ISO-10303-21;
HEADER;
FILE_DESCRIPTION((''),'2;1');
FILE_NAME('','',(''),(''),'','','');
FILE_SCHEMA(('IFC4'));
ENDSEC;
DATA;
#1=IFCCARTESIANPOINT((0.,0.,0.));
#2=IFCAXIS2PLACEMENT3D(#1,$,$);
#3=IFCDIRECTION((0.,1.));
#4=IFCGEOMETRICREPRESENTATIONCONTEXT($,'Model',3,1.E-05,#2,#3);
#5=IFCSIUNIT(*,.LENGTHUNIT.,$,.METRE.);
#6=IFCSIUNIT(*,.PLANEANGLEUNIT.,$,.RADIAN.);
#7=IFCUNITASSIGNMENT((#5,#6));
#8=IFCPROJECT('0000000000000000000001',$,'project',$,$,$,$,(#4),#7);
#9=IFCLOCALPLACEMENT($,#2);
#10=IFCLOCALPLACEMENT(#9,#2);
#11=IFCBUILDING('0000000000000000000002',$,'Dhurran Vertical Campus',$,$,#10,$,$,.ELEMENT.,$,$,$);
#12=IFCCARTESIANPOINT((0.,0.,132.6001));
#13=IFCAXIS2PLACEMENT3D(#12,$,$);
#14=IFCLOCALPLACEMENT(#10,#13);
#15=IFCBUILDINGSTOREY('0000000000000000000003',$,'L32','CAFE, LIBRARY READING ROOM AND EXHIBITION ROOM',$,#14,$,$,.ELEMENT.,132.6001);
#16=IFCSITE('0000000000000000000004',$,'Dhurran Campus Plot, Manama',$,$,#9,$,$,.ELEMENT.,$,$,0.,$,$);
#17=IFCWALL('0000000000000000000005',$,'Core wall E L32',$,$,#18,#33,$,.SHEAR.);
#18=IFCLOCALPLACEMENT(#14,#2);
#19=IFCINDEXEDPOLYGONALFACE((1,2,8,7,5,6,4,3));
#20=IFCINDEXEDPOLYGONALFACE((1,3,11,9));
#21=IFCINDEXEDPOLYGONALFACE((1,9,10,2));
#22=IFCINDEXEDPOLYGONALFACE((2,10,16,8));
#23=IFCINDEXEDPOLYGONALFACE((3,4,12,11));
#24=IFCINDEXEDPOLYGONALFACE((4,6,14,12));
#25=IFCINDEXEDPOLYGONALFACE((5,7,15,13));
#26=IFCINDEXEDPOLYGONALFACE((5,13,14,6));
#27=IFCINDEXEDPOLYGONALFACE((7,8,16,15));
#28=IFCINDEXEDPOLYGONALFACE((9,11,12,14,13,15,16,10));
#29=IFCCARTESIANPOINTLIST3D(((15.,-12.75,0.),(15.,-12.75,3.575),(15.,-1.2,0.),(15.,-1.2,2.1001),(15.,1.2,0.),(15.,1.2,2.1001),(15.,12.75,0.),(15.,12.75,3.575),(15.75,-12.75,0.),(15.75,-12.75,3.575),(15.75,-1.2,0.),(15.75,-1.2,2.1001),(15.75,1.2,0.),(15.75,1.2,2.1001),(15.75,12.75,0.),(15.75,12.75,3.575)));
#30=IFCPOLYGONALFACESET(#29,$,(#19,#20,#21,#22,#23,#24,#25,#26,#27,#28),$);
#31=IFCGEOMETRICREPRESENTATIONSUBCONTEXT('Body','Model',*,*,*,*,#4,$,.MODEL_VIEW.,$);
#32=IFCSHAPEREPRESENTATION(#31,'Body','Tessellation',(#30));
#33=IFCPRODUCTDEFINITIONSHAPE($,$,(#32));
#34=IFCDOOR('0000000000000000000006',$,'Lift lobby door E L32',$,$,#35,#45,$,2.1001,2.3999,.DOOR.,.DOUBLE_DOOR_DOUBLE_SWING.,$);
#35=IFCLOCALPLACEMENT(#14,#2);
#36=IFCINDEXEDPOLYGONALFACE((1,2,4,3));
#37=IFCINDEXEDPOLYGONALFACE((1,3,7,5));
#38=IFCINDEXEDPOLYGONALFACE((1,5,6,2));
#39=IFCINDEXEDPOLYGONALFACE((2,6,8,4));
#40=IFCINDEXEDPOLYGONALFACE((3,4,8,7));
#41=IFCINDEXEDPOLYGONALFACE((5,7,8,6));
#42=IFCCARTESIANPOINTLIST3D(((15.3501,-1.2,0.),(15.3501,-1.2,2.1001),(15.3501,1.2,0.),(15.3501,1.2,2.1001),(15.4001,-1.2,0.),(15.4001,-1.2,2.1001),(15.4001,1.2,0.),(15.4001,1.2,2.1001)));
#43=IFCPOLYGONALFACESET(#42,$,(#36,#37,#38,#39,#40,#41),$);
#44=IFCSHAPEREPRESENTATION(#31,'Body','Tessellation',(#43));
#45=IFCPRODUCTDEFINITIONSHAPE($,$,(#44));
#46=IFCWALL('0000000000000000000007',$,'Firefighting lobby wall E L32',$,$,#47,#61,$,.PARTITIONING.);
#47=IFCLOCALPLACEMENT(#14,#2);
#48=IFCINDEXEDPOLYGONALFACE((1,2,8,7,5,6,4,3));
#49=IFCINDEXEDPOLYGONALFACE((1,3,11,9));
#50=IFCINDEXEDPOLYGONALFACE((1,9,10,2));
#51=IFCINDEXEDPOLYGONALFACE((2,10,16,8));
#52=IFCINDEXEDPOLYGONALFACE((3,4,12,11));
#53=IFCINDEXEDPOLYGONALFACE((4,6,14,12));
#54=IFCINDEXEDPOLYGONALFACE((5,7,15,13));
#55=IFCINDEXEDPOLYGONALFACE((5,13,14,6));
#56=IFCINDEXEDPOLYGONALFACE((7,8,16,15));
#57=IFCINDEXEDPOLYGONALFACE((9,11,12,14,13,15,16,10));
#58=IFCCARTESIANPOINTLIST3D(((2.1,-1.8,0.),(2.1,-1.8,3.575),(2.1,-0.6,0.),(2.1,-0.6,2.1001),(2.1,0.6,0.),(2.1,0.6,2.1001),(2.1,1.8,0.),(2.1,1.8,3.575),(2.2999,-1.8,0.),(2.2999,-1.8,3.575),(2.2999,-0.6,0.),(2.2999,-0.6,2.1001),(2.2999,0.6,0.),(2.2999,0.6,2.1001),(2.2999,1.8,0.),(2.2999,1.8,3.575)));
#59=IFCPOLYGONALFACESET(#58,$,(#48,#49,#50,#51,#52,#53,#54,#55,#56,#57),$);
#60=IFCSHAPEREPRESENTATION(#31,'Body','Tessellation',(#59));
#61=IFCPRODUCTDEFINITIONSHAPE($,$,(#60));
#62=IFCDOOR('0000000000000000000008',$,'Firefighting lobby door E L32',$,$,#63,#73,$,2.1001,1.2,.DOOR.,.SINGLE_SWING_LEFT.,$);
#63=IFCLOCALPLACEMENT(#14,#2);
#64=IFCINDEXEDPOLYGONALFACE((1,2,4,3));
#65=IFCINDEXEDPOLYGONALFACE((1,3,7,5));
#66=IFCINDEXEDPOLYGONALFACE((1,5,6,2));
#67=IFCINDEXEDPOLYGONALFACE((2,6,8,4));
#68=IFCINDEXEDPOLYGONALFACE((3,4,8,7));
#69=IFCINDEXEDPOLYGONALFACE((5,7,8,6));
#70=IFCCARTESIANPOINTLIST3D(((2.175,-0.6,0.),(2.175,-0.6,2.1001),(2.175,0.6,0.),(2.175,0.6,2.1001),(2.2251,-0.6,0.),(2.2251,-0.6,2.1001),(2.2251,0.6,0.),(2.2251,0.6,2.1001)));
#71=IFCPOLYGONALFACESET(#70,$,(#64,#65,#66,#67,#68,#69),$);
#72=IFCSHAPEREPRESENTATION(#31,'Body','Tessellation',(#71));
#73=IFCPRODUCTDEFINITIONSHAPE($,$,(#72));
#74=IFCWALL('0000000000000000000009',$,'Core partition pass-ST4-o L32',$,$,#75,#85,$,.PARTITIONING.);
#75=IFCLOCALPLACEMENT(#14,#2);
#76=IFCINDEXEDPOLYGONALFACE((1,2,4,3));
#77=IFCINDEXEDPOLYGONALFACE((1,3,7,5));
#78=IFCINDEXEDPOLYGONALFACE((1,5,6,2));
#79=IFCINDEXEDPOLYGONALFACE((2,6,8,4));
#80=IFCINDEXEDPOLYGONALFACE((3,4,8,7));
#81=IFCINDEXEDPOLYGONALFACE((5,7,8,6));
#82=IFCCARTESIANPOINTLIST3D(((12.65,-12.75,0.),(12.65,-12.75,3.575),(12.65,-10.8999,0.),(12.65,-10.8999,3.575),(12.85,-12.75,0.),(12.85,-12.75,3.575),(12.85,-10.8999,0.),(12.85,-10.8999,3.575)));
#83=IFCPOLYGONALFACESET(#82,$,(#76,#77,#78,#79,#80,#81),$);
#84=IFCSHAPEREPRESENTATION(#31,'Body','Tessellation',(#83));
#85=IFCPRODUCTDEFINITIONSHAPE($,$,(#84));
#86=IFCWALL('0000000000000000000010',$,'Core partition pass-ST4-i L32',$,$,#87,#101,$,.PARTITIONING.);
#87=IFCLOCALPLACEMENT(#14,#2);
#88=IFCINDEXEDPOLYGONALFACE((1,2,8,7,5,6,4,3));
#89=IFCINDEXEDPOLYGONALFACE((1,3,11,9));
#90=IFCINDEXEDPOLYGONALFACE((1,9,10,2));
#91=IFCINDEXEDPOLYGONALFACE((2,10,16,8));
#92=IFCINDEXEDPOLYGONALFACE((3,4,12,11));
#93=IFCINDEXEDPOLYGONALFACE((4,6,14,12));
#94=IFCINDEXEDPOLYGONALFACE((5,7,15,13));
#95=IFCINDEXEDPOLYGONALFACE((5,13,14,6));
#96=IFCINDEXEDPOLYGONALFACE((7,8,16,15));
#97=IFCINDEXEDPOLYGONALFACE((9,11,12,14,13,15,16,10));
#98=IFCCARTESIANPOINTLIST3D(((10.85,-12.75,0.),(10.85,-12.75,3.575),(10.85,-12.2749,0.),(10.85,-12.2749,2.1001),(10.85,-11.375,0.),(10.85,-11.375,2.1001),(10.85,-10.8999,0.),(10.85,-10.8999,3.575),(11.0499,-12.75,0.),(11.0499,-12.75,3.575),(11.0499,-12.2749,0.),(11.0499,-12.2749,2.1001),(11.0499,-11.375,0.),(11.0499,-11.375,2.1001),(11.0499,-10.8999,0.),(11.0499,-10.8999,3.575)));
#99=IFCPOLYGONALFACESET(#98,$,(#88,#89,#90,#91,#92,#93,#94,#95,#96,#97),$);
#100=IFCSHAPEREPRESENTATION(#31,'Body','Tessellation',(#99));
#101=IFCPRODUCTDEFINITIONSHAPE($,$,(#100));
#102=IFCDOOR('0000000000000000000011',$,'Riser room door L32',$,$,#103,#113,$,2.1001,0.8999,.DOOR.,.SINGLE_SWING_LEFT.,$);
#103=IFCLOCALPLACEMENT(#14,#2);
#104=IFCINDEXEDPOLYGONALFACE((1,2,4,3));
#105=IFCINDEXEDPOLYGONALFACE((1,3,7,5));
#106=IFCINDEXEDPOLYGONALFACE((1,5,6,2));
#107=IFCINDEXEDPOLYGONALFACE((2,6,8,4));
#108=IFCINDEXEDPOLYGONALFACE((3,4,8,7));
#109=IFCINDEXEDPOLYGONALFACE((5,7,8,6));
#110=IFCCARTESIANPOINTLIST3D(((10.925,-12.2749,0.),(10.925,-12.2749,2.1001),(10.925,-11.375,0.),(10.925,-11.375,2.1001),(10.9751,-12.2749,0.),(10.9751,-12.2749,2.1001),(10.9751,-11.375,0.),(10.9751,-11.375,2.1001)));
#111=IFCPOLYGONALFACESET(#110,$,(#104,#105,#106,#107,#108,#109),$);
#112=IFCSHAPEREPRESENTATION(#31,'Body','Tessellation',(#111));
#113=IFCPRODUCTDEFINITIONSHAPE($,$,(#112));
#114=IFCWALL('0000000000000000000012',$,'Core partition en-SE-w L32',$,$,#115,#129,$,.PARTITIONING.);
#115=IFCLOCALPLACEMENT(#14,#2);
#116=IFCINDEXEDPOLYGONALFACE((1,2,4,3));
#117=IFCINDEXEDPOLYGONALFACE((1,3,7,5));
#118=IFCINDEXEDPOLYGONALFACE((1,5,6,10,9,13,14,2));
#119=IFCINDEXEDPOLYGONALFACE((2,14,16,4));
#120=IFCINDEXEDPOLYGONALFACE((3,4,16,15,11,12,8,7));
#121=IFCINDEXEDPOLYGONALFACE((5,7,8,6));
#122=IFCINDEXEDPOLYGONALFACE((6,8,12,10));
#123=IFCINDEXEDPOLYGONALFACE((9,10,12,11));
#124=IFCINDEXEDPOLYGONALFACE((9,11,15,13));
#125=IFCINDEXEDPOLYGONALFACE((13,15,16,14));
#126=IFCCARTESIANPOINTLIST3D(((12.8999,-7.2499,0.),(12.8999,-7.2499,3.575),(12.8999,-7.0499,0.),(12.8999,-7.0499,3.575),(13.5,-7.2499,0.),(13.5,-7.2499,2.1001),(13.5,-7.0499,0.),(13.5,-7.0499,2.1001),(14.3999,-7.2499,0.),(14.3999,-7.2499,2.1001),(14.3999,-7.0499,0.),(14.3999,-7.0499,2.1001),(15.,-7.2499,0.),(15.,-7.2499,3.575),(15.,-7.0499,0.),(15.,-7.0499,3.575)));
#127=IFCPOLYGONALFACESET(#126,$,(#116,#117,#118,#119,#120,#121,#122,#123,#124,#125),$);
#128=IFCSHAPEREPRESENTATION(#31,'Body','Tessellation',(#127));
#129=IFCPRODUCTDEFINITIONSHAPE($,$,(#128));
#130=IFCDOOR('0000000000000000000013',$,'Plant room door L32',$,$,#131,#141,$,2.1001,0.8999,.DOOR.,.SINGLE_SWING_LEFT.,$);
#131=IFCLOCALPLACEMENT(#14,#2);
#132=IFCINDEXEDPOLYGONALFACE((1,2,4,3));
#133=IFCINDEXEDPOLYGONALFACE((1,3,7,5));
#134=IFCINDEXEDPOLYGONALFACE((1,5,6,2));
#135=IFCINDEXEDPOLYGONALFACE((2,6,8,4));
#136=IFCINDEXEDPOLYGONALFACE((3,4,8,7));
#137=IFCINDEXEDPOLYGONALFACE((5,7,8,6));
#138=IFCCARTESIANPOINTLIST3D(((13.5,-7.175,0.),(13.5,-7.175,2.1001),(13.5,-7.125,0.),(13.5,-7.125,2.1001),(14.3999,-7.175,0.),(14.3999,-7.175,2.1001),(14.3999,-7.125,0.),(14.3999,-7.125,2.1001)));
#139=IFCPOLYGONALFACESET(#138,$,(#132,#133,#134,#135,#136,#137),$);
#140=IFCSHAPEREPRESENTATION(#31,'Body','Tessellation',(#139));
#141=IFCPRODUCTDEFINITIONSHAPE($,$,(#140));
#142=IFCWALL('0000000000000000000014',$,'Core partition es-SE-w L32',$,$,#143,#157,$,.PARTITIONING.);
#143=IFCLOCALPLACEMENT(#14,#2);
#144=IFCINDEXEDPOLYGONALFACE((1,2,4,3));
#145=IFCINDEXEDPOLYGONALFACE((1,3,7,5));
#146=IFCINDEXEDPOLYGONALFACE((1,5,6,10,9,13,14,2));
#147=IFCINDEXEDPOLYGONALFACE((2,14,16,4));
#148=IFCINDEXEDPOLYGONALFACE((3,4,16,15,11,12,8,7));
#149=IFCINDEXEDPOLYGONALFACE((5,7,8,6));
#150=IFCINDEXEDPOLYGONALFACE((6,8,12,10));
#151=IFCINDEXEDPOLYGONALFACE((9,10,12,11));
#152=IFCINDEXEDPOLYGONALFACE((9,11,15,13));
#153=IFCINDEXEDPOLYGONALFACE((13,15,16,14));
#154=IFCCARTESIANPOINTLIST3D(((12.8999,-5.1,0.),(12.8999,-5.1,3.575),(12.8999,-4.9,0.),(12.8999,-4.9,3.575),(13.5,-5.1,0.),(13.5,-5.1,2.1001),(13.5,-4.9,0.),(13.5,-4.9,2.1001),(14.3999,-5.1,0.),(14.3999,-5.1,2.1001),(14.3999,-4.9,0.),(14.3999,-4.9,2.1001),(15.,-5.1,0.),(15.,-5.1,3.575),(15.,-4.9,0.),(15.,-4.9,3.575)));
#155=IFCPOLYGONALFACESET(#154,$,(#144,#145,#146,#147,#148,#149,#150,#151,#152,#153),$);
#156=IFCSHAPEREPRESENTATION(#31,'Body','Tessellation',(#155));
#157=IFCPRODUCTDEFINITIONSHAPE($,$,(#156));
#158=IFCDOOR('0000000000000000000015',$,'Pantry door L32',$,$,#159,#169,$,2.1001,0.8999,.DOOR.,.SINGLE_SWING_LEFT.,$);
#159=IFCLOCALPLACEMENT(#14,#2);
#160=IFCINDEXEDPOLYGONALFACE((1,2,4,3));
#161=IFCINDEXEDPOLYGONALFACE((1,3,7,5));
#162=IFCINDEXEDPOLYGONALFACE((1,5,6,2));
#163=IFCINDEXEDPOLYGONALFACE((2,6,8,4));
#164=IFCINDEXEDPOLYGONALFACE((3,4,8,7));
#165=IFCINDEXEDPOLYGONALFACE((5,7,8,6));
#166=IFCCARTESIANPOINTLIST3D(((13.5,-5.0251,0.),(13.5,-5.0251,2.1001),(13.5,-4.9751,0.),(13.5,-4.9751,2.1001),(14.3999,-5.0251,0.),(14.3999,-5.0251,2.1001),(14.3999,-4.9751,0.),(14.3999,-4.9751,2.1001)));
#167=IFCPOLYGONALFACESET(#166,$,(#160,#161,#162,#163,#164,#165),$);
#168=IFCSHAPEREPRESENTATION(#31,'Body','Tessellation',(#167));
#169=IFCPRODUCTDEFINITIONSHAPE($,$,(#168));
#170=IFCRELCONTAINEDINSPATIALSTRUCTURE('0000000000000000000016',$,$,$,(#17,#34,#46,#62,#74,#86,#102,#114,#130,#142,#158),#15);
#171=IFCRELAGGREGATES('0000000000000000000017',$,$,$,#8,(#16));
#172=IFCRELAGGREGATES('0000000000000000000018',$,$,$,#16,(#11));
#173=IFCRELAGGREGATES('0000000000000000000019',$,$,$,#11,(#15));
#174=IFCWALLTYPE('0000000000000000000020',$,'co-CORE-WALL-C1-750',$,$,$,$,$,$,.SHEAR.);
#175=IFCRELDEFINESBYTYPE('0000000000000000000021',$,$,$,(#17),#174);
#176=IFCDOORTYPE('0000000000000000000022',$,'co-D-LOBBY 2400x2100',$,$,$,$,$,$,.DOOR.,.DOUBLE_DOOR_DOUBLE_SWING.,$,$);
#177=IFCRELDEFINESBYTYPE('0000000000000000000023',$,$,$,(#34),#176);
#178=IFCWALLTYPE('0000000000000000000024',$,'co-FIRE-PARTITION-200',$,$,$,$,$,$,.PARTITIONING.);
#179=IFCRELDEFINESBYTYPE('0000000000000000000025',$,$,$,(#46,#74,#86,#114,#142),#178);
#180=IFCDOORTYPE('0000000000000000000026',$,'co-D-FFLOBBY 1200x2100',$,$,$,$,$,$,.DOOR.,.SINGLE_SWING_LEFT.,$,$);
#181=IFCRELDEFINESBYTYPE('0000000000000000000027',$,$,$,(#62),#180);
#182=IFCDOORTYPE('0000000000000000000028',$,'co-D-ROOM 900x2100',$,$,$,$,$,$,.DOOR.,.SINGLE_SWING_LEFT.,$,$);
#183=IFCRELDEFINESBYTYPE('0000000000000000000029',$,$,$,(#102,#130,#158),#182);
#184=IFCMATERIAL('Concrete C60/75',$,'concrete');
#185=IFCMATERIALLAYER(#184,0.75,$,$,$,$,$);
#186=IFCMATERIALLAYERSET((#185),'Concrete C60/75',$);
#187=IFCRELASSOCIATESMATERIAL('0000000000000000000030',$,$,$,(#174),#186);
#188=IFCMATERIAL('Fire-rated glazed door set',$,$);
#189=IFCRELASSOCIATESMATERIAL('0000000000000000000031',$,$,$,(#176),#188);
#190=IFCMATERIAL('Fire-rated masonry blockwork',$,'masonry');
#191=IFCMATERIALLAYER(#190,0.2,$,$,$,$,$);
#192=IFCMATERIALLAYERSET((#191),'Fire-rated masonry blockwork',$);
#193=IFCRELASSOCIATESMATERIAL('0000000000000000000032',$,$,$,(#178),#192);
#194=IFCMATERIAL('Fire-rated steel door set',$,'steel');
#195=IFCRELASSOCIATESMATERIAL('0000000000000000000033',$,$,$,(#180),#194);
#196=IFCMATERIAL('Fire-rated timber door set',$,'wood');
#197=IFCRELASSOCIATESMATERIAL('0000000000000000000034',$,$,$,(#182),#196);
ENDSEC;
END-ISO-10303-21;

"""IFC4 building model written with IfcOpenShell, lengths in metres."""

from ifc_helpers import new_model, si_unit, direction, frame, frame_2d, origin, place, context, subcontext, project, spatial, rectangle, extrude, material, layer, layer_set, type_object, element, fill, save


model = new_model("IFC4")

# Units and contexts
model_context = context("Model", 3, precision=1e-05, world=origin(), true_north=direction((0.0, 1.0)))
body_context = subcontext(model_context, "Body", "Model", "MODEL_VIEW")
ifc_project = project(units=[si_unit("LENGTHUNIT", "METRE"), si_unit("PLANEANGLEUNIT", "RADIAN")], contexts=[model_context])

# Site, building, storey
site_placement = place(None, origin())
site = spatial("IfcSite", under=ifc_project, at=site_placement, Name="Dhurran Campus Plot, Manama", CompositionType="ELEMENT", RefElevation=0.0)
building_placement = place(site_placement, origin())
building = spatial("IfcBuilding", under=site, at=building_placement, Name="Dhurran Vertical Campus", CompositionType="ELEMENT")
storey_placement = place(building_placement, frame((0.0, 0.0, 132.6001)))
storey = spatial("IfcBuildingStorey", under=building, at=storey_placement, Name="L32", Description="CAFE, LIBRARY READING ROOM AND EXHIBITION ROOM", CompositionType="ELEMENT", Elevation=132.6001)

# Walls, openings, doors
ifc_material_1 = material(Name="Concrete C60/75", Category="concrete")
ifc_layer_1 = layer(ifc_material_1, 0.75)
ifc_layer_set_1 = layer_set([ifc_layer_1], Name="Concrete C60/75")
wall_type_1 = type_object("IfcWallType", Name="co-CORE-WALL-C1-750", PredefinedType="SHEAR", material=ifc_layer_set_1)
wall_1_placement = place(storey_placement, frame((15.375, -12.75, 0.0), z_axis=(0.0, 0.0, 1.0), x_axis=(0.0, 1.0, 0.0)))
wall_1 = element("IfcWall", 1, at=wall_1_placement, inside=storey, type_object=wall_type_1, Name="Core wall E L32", PredefinedType="SHEAR", context=body_context, shape_type="SweptSolid", body=[
    extrude(rectangle(XDim=25.5, YDim=0.75, at=frame_2d((12.75, 0.0))), origin(), (0.0, 0.0, 1.0), 3.575),
])
opening_1_placement = place(wall_1_placement, frame((11.55, 0.0, 0.0)))
opening_1 = element("IfcOpeningElement", 2, at=opening_1_placement, cuts=wall_1, PredefinedType="OPENING", context=body_context, shape_type="SweptSolid", body=[
    extrude(rectangle(XDim=2.3999, YDim=2.1001, at=frame_2d((1.2, 1.05))), frame((0.0, 0.385, 0.0), z_axis=(0.0, -1.0, 0.0), x_axis=(1.0, 0.0, 0.0)), (0.0, 0.0, 1.0), 0.77),
])
ifc_material_2 = material(Name="Fire-rated glazed door set")
door_type_1 = type_object("IfcDoorType", Name="co-D-LOBBY 2400x2100", OperationType="DOUBLE_DOOR_DOUBLE_SWING", PredefinedType="DOOR", material=ifc_material_2)
door_1_placement = place(opening_1_placement, origin())
door_1 = element("IfcDoor", 3, at=door_1_placement, inside=storey, type_object=door_type_1, Name="Lift lobby door E L32", OperationType="DOUBLE_DOOR_DOUBLE_SWING", OverallHeight=2.1001, OverallWidth=2.3999, PredefinedType="DOOR", context=body_context, shape_type="SweptSolid", body=[
    extrude(rectangle(XDim=2.3999, YDim=2.1001, at=frame_2d((1.2, 1.05))), frame((0.0, 0.0249, 0.0), z_axis=(0.0, -1.0, 0.0), x_axis=(1.0, 0.0, 0.0)), (0.0, 0.0, 1.0), 0.05),
])
fill(opening_1, door_1)
ifc_material_3 = material(Name="Fire-rated masonry blockwork", Category="masonry")
ifc_layer_2 = layer(ifc_material_3, 0.2)
ifc_layer_set_2 = layer_set([ifc_layer_2], Name="Fire-rated masonry blockwork")
wall_type_2 = type_object("IfcWallType", Name="co-FIRE-PARTITION-200", PredefinedType="PARTITIONING", material=ifc_layer_set_2)
wall_2_placement = place(storey_placement, frame((2.2, -1.8, 0.0), z_axis=(0.0, 0.0, 1.0), x_axis=(0.0, 1.0, 0.0)))
wall_2 = element("IfcWall", 4, at=wall_2_placement, inside=storey, type_object=wall_type_2, Name="Firefighting lobby wall E L32", PredefinedType="PARTITIONING", context=body_context, shape_type="SweptSolid", body=[
    extrude(rectangle(XDim=3.6001, YDim=0.2, at=frame_2d((1.8, 0.0))), origin(), (0.0, 0.0, 1.0), 3.575),
])
opening_2_placement = place(wall_2_placement, frame((1.2, 0.0, 0.0)))
opening_2 = element("IfcOpeningElement", 5, at=opening_2_placement, cuts=wall_2, PredefinedType="OPENING", context=body_context, shape_type="SweptSolid", body=[
    extrude(rectangle(XDim=1.2, YDim=2.1001, at=frame_2d((0.6001, 1.05))), frame((0.0, 0.1099, 0.0), z_axis=(0.0, -1.0, 0.0), x_axis=(1.0, 0.0, 0.0)), (0.0, 0.0, 1.0), 0.22),
])
ifc_material_4 = material(Name="Fire-rated steel door set", Category="steel")
door_type_2 = type_object("IfcDoorType", Name="co-D-FFLOBBY 1200x2100", OperationType="SINGLE_SWING_LEFT", PredefinedType="DOOR", material=ifc_material_4)
door_2_placement = place(opening_2_placement, origin())
door_2 = element("IfcDoor", 6, at=door_2_placement, inside=storey, type_object=door_type_2, Name="Firefighting lobby door E L32", OperationType="SINGLE_SWING_LEFT", OverallHeight=2.1001, OverallWidth=1.2, PredefinedType="DOOR", context=body_context, shape_type="SweptSolid", body=[
    extrude(rectangle(XDim=1.2, YDim=2.1001, at=frame_2d((0.6001, 1.05))), frame((0.0, 0.0249, 0.0), z_axis=(0.0, -1.0, 0.0), x_axis=(1.0, 0.0, 0.0)), (0.0, 0.0, 1.0), 0.05),
])
fill(opening_2, door_2)

# Wall
wall_3_placement = place(storey_placement, frame((12.75, -12.75, 0.0), z_axis=(0.0, 0.0, 1.0), x_axis=(0.0, 1.0, 0.0)))
element("IfcWall", 7, at=wall_3_placement, inside=storey, type_object=wall_type_2, Name="Core partition pass-ST4-o L32", PredefinedType="PARTITIONING", context=body_context, shape_type="SweptSolid", body=[
    extrude(rectangle(XDim=1.8501, YDim=0.2, at=frame_2d((0.925, 0.0))), origin(), (0.0, 0.0, 1.0), 3.575),
])

# Walls, openings, doors
wall_4_placement = place(storey_placement, frame((10.95, -12.75, 0.0), z_axis=(0.0, 0.0, 1.0), x_axis=(0.0, 1.0, 0.0)))
wall_4 = element("IfcWall", 8, at=wall_4_placement, inside=storey, type_object=wall_type_2, Name="Core partition pass-ST4-i L32", PredefinedType="PARTITIONING", context=body_context, shape_type="SweptSolid", body=[
    extrude(rectangle(XDim=1.8501, YDim=0.2, at=frame_2d((0.925, 0.0))), origin(), (0.0, 0.0, 1.0), 3.575),
])
opening_3_placement = place(wall_4_placement, frame((0.4751, 0.0, 0.0)))
opening_3 = element("IfcOpeningElement", 9, at=opening_3_placement, cuts=wall_4, PredefinedType="OPENING", context=body_context, shape_type="SweptSolid", body=[
    extrude(rectangle(XDim=0.8999, YDim=2.1001, at=frame_2d((0.45, 1.05))), frame((0.0, 0.1099, 0.0), z_axis=(0.0, -1.0, 0.0), x_axis=(1.0, 0.0, 0.0)), (0.0, 0.0, 1.0), 0.22),
])
ifc_material_5 = material(Name="Fire-rated timber door set", Category="wood")
door_type_3 = type_object("IfcDoorType", Name="co-D-ROOM 900x2100", OperationType="SINGLE_SWING_LEFT", PredefinedType="DOOR", material=ifc_material_5)
door_3_placement = place(opening_3_placement, origin())
door_3 = element("IfcDoor", 10, at=door_3_placement, inside=storey, type_object=door_type_3, Name="Riser room door L32", OperationType="SINGLE_SWING_LEFT", OverallHeight=2.1001, OverallWidth=0.8999, PredefinedType="DOOR", context=body_context, shape_type="SweptSolid", body=[
    extrude(rectangle(XDim=0.8999, YDim=2.1001, at=frame_2d((0.45, 1.05))), frame((0.0, 0.0249, 0.0), z_axis=(0.0, -1.0, 0.0), x_axis=(1.0, 0.0, 0.0)), (0.0, 0.0, 1.0), 0.05),
])
fill(opening_3, door_3)
wall_5_placement = place(storey_placement, frame((12.8999, -7.1499, 0.0), z_axis=(0.0, 0.0, 1.0), x_axis=(1.0, 0.0, 0.0)))
wall_5 = element("IfcWall", 11, at=wall_5_placement, inside=storey, type_object=wall_type_2, Name="Core partition en-SE-w L32", PredefinedType="PARTITIONING", context=body_context, shape_type="SweptSolid", body=[
    extrude(rectangle(XDim=2.1001, YDim=0.2, at=frame_2d((1.05, 0.0))), origin(), (0.0, 0.0, 1.0), 3.575),
])
opening_4_placement = place(wall_5_placement, frame((0.6001, 0.0, 0.0)))
opening_4 = element("IfcOpeningElement", 12, at=opening_4_placement, cuts=wall_5, PredefinedType="OPENING", context=body_context, shape_type="SweptSolid", body=[
    extrude(rectangle(XDim=0.8999, YDim=2.1001, at=frame_2d((0.45, 1.05))), frame((0.0, 0.1099, 0.0), z_axis=(0.0, -1.0, 0.0), x_axis=(1.0, 0.0, 0.0)), (0.0, 0.0, 1.0), 0.22),
])
door_4_placement = place(opening_4_placement, origin())
door_4 = element("IfcDoor", 13, at=door_4_placement, inside=storey, type_object=door_type_3, Name="Plant room door L32", OperationType="SINGLE_SWING_LEFT", OverallHeight=2.1001, OverallWidth=0.8999, PredefinedType="DOOR", context=body_context, shape_type="SweptSolid", body=[
    extrude(rectangle(XDim=0.8999, YDim=2.1001, at=frame_2d((0.45, 1.05))), frame((0.0, 0.0249, 0.0), z_axis=(0.0, -1.0, 0.0), x_axis=(1.0, 0.0, 0.0)), (0.0, 0.0, 1.0), 0.05),
])
fill(opening_4, door_4)
wall_6_placement = place(storey_placement, frame((12.8999, -5.0, 0.0), z_axis=(0.0, 0.0, 1.0), x_axis=(1.0, 0.0, 0.0)))
wall_6 = element("IfcWall", 14, at=wall_6_placement, inside=storey, type_object=wall_type_2, Name="Core partition es-SE-w L32", PredefinedType="PARTITIONING", context=body_context, shape_type="SweptSolid", body=[
    extrude(rectangle(XDim=2.1001, YDim=0.2, at=frame_2d((1.05, 0.0))), origin(), (0.0, 0.0, 1.0), 3.575),
])
opening_5_placement = place(wall_6_placement, frame((0.6001, 0.0, 0.0)))
opening_5 = element("IfcOpeningElement", 15, at=opening_5_placement, cuts=wall_6, PredefinedType="OPENING", context=body_context, shape_type="SweptSolid", body=[
    extrude(rectangle(XDim=0.8999, YDim=2.1001, at=frame_2d((0.45, 1.05))), frame((0.0, 0.1099, 0.0), z_axis=(0.0, -1.0, 0.0), x_axis=(1.0, 0.0, 0.0)), (0.0, 0.0, 1.0), 0.22),
])
door_5_placement = place(opening_5_placement, origin())
door_5 = element("IfcDoor", 16, at=door_5_placement, inside=storey, type_object=door_type_3, Name="Pantry door L32", OperationType="SINGLE_SWING_LEFT", OverallHeight=2.1001, OverallWidth=0.8999, PredefinedType="DOOR", context=body_context, shape_type="SweptSolid", body=[
    extrude(rectangle(XDim=0.8999, YDim=2.1001, at=frame_2d((0.45, 1.05))), frame((0.0, 0.0249, 0.0), z_axis=(0.0, -1.0, 0.0), x_axis=(1.0, 0.0, 0.0)), (0.0, 0.0, 1.0), 0.05),
])
fill(opening_5, door_5)

save(model, "model.ifc")
